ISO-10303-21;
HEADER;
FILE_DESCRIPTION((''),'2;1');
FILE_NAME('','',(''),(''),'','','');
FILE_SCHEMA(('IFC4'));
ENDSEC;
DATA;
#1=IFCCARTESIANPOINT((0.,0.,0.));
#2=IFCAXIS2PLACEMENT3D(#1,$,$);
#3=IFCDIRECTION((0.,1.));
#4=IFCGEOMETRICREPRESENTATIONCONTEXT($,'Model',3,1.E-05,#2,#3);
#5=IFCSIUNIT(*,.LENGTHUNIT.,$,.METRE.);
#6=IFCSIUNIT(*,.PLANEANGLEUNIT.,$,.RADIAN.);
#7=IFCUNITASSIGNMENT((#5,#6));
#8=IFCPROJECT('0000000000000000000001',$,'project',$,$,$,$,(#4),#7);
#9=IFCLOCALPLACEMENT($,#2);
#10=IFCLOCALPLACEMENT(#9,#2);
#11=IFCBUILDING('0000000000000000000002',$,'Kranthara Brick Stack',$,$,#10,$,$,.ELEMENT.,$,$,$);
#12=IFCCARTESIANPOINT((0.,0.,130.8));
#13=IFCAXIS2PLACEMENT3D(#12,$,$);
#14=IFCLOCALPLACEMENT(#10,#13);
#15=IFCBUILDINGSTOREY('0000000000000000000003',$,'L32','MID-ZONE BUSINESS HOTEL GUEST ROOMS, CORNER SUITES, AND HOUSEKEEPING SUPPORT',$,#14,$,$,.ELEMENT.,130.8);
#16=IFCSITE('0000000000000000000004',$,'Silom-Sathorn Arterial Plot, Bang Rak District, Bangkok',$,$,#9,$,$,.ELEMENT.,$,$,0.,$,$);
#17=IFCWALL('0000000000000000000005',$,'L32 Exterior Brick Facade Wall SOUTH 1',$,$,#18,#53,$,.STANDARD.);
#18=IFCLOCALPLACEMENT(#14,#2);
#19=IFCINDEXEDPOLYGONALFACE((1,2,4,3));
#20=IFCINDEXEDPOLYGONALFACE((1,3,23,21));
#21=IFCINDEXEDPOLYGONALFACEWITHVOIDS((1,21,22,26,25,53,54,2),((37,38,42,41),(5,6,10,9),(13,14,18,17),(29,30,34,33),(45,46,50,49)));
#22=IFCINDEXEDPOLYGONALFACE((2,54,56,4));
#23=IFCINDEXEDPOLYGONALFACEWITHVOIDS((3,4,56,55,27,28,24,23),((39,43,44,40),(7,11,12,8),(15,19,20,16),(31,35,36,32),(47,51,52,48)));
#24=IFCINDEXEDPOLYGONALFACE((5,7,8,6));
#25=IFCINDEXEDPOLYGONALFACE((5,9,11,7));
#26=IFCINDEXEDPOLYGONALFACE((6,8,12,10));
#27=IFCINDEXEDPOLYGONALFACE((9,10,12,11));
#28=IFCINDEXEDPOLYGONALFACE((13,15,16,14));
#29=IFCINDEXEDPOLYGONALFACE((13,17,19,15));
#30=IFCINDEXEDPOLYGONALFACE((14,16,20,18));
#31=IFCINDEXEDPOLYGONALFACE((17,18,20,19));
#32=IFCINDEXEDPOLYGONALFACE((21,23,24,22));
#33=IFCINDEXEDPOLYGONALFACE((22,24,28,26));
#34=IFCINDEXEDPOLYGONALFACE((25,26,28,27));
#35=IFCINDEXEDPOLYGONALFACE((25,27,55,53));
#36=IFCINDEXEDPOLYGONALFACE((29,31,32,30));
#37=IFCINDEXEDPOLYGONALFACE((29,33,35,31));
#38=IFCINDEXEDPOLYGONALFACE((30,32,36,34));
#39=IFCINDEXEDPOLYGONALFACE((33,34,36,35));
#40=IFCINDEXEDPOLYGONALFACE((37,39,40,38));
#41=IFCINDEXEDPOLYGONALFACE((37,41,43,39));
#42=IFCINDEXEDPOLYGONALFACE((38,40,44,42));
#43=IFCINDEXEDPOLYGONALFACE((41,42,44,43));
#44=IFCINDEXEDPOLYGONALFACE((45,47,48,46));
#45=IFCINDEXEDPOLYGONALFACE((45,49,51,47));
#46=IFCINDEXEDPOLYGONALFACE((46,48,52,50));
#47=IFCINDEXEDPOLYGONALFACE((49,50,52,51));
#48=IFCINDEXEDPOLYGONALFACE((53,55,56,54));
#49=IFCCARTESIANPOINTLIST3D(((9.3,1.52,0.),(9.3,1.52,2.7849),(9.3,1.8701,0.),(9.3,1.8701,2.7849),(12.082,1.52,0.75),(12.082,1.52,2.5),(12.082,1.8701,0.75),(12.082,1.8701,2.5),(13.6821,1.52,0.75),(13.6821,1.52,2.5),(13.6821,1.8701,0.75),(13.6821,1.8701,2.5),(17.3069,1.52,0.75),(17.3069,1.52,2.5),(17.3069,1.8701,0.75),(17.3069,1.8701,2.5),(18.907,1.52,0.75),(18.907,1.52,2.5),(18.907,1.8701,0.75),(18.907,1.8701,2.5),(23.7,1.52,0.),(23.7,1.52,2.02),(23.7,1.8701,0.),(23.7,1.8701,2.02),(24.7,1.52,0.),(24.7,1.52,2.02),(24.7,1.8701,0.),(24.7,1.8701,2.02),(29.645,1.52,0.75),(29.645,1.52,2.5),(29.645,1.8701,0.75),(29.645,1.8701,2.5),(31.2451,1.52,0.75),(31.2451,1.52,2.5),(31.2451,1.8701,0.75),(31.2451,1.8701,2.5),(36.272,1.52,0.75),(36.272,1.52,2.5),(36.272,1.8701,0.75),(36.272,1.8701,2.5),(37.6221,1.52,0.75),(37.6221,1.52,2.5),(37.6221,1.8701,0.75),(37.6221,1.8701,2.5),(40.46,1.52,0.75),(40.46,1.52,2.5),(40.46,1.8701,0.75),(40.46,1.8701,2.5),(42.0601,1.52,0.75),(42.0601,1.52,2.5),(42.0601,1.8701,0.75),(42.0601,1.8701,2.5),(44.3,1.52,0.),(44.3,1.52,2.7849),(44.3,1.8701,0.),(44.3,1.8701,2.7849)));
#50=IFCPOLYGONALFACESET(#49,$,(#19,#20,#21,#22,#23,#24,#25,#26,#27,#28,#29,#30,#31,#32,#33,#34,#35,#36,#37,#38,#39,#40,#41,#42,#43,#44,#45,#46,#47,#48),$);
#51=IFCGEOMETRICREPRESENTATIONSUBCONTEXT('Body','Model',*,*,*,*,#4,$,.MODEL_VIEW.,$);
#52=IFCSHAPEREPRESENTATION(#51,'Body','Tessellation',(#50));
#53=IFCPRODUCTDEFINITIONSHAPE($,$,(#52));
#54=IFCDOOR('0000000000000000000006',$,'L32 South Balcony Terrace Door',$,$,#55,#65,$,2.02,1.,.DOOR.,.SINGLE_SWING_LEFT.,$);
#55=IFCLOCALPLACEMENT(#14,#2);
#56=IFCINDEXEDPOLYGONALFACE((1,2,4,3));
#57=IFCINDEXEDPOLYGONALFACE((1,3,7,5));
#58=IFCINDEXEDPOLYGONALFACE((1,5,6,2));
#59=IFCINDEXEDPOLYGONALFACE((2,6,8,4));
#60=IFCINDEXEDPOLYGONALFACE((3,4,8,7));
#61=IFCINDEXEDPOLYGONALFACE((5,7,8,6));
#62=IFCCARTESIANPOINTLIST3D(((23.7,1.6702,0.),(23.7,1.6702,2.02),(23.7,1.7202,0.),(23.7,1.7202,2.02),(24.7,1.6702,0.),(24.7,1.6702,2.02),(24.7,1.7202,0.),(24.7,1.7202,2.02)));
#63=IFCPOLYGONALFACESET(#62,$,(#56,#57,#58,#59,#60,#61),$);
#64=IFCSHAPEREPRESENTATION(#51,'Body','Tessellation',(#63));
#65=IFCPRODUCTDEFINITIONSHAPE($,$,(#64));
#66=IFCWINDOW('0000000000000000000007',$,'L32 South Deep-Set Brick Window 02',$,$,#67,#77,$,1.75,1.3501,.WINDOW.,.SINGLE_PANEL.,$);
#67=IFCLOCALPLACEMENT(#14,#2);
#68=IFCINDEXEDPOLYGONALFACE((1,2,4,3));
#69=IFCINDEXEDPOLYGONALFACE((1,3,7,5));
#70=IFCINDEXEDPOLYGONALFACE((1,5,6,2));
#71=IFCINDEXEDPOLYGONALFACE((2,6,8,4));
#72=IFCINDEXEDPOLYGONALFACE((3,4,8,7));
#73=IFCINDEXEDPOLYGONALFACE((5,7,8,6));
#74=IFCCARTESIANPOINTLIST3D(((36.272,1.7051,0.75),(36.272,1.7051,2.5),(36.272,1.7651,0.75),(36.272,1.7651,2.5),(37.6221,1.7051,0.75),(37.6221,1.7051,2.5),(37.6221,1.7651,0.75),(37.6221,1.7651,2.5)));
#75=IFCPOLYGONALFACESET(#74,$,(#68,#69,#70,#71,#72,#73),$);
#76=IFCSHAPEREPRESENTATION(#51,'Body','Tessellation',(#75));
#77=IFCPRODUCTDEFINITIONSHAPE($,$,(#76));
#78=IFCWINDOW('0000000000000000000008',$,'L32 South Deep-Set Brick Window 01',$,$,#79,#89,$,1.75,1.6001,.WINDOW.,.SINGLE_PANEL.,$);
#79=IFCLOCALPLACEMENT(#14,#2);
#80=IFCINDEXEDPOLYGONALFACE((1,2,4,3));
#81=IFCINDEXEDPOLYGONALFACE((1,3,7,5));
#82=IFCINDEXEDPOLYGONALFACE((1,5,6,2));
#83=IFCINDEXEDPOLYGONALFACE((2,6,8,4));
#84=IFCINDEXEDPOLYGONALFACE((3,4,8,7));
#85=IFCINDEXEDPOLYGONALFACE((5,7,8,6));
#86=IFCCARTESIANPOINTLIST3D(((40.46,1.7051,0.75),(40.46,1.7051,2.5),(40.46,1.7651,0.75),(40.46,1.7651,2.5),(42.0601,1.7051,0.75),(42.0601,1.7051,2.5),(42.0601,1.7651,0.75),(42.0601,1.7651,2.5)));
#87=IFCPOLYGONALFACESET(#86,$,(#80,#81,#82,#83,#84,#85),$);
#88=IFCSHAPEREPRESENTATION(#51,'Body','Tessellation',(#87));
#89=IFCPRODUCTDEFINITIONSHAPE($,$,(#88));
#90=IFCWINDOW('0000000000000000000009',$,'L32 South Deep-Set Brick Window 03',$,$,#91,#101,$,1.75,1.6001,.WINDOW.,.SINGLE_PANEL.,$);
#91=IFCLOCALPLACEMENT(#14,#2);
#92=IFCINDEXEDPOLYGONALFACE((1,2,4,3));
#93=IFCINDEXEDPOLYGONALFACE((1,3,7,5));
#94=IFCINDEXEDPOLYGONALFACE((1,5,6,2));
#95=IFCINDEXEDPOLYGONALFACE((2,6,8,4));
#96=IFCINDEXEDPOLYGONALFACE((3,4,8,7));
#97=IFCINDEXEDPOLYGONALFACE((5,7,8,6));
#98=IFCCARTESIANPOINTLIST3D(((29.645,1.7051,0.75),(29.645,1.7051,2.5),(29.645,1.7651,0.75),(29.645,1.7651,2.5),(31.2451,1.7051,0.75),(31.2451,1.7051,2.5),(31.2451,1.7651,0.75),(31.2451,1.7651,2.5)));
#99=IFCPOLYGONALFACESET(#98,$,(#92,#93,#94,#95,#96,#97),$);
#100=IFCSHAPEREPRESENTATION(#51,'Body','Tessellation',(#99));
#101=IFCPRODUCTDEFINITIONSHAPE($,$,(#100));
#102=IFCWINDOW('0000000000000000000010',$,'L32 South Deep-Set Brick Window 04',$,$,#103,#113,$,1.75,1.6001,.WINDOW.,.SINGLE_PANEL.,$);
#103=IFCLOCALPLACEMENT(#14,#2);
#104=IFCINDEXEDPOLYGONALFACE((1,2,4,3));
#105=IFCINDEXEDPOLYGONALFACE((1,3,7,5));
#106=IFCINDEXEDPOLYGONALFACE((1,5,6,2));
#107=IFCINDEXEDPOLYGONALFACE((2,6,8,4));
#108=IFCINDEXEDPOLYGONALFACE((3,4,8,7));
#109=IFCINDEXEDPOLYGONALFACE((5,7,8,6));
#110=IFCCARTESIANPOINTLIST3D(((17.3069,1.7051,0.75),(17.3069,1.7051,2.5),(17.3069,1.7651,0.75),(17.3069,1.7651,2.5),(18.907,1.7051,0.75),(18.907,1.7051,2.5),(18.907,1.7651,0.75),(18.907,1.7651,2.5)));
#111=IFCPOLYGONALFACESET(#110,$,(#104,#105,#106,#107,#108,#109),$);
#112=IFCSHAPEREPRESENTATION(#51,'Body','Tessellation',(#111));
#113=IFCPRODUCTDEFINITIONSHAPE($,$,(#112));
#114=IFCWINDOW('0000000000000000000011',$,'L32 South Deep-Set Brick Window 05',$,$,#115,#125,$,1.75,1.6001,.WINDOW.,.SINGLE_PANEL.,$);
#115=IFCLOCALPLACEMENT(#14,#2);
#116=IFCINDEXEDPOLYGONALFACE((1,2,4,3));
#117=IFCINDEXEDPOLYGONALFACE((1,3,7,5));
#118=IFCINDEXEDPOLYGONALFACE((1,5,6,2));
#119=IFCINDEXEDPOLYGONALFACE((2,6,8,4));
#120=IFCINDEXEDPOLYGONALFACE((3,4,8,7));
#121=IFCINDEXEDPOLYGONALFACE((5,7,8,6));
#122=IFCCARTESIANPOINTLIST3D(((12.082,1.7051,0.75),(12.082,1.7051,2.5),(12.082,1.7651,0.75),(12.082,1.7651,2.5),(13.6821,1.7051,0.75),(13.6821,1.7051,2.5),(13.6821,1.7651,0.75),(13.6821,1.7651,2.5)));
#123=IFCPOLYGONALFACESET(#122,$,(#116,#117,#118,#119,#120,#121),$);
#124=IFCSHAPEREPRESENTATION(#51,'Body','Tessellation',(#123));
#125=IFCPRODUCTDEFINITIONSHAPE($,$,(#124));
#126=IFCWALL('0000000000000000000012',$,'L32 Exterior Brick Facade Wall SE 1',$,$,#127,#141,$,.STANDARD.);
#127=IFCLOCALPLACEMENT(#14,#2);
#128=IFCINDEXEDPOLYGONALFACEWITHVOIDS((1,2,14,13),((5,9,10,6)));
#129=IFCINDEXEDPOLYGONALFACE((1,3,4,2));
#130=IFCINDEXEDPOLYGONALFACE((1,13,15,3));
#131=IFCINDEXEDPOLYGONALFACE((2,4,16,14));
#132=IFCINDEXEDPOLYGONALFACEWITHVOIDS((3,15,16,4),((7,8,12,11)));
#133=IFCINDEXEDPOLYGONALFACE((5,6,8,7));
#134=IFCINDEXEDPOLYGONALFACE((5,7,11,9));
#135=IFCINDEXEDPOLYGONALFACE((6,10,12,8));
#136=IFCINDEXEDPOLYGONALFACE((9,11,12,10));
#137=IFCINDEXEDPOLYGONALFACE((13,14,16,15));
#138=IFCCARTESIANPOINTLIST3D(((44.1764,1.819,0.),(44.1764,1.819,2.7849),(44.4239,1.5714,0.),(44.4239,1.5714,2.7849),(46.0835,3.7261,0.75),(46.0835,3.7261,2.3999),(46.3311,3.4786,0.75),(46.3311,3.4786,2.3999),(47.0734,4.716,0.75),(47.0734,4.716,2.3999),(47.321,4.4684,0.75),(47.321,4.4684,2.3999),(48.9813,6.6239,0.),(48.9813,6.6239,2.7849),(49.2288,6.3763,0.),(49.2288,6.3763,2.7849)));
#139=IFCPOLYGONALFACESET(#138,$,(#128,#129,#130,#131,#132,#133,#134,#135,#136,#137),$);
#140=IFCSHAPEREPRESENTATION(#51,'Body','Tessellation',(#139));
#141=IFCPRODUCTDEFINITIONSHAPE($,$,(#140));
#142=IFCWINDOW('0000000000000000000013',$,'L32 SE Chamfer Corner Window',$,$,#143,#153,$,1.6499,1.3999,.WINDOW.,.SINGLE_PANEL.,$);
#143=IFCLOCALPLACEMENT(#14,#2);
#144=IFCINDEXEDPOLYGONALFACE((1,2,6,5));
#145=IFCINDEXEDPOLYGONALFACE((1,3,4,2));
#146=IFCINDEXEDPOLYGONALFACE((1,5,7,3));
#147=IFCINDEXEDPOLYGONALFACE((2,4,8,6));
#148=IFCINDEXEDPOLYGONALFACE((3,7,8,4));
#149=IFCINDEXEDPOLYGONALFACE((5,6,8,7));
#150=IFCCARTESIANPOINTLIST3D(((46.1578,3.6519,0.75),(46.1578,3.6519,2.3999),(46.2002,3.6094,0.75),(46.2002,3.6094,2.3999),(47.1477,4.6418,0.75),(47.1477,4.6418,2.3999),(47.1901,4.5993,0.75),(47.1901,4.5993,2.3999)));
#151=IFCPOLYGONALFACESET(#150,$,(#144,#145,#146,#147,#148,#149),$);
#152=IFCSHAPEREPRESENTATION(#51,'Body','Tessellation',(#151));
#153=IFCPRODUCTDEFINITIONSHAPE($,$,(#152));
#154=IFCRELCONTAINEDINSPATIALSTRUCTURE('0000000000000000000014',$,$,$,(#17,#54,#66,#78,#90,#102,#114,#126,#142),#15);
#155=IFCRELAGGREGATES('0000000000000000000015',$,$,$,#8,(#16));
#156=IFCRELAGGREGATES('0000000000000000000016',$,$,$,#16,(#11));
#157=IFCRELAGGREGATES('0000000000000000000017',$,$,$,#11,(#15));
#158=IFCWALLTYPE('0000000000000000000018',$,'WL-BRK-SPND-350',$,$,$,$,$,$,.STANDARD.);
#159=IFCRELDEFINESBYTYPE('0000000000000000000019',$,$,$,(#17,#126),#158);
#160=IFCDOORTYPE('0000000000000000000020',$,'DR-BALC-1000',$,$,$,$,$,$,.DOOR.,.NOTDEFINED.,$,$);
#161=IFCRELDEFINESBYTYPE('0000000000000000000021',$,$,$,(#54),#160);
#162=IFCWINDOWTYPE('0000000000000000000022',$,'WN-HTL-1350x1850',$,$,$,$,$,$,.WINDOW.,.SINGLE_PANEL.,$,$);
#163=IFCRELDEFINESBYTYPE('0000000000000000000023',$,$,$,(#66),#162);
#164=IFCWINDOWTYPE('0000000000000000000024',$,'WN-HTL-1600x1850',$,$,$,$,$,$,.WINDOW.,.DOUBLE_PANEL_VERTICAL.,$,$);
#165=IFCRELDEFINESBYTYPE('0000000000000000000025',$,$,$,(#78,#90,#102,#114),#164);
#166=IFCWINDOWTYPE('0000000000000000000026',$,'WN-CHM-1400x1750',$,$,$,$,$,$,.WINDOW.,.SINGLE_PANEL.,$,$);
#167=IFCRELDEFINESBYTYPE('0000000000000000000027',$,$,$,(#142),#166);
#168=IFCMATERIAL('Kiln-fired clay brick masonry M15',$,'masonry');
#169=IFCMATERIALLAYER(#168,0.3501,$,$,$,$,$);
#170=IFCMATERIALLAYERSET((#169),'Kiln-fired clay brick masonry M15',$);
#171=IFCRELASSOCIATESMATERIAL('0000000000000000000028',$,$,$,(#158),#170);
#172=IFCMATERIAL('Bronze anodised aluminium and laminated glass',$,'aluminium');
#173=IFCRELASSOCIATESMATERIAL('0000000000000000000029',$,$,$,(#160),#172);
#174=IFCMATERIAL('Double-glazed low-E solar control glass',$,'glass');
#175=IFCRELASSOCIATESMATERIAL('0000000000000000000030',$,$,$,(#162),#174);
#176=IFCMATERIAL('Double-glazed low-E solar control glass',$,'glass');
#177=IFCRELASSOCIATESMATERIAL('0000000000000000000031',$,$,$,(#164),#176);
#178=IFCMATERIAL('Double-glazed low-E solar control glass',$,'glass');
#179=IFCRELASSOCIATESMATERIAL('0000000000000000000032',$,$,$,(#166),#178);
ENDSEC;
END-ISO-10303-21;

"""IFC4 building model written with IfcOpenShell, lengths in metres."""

from ifc_helpers import new_model, si_unit, direction, frame, frame_2d, origin, place, context, subcontext, project, spatial, rectangle, extrude, material, layer, layer_set, type_object, element, fill, save


model = new_model("IFC4")

# Units and contexts
model_context = context("Model", 3, precision=1e-05, world=origin(), true_north=direction((0.0, 1.0)))
body_context = subcontext(model_context, "Body", "Model", "MODEL_VIEW")
ifc_project = project(units=[si_unit("LENGTHUNIT", "METRE"), si_unit("PLANEANGLEUNIT", "RADIAN")], contexts=[model_context])

# Site, building, storey
site_placement = place(None, origin())
site = spatial("IfcSite", under=ifc_project, at=site_placement, Name="Silom-Sathorn Arterial Plot, Bang Rak District, Bangkok", CompositionType="ELEMENT", RefElevation=0.0)
building_placement = place(site_placement, origin())
building = spatial("IfcBuilding", under=site, at=building_placement, Name="Kranthara Brick Stack", CompositionType="ELEMENT")
storey_placement = place(building_placement, frame((0.0, 0.0, 130.8)))
storey = spatial("IfcBuildingStorey", under=building, at=storey_placement, Name="L32", Description="MID-ZONE BUSINESS HOTEL GUEST ROOMS, CORNER SUITES, AND HOUSEKEEPING SUPPORT", CompositionType="ELEMENT", Elevation=130.8)

# Wall, openings, door, windows
ifc_material_1 = material(Name="Kiln-fired clay brick masonry M15", Category="masonry")
ifc_layer_1 = layer(ifc_material_1, 0.3501)
ifc_layer_set_1 = layer_set([ifc_layer_1], Name="Kiln-fired clay brick masonry M15")
wall_type_1 = type_object("IfcWallType", Name="WL-BRK-SPND-350", PredefinedType="STANDARD", material=ifc_layer_set_1)
wall_1_placement = place(storey_placement, frame((44.3, 1.6951, 0.0), z_axis=(0.0, 0.0, 1.0), x_axis=(-1.0, 0.0, 0.0)))
wall_1 = element("IfcWall", 1, at=wall_1_placement, inside=storey, type_object=wall_type_1, Name="L32 Exterior Brick Facade Wall SOUTH 1", PredefinedType="STANDARD", context=body_context, shape_type="SweptSolid", body=[
    extrude(rectangle(XDim=35.0, YDim=0.3501, at=frame_2d((17.5, 0.0))), origin(), (0.0, 0.0, 1.0), 2.7849),
])
opening_1_placement = place(wall_1_placement, frame((19.6001, 0.0, 0.0)))
opening_1 = element("IfcOpeningElement", 2, at=opening_1_placement, cuts=wall_1, PredefinedType="OPENING", context=body_context, shape_type="SweptSolid", body=[
    extrude(rectangle(XDim=1.0, YDim=2.02, at=frame_2d((0.5, 1.01))), frame((0.0, 0.1851, 0.0), z_axis=(0.0, -1.0, 0.0), x_axis=(1.0, 0.0, 0.0)), (0.0, 0.0, 1.0), 0.3701),
])
opening_2_placement = place(wall_1_placement, frame((2.24, 0.0, 0.75)))
opening_2 = element("IfcOpeningElement", 3, at=opening_2_placement, cuts=wall_1, PredefinedType="OPENING", context=body_context, shape_type="SweptSolid", body=[
    extrude(rectangle(XDim=1.6001, YDim=1.75, at=frame_2d((0.8, 0.875))), frame((0.0, 0.1851, 0.0), z_axis=(0.0, -1.0, 0.0), x_axis=(1.0, 0.0, 0.0)), (0.0, 0.0, 1.0), 0.3701),
])
opening_3_placement = place(wall_1_placement, frame((6.678, 0.0, 0.75)))
opening_3 = element("IfcOpeningElement", 4, at=opening_3_placement, cuts=wall_1, PredefinedType="OPENING", context=body_context, shape_type="SweptSolid", body=[
    extrude(rectangle(XDim=1.3501, YDim=1.75, at=frame_2d((0.675, 0.875))), frame((0.0, 0.1851, 0.0), z_axis=(0.0, -1.0, 0.0), x_axis=(1.0, 0.0, 0.0)), (0.0, 0.0, 1.0), 0.3701),
])
opening_4_placement = place(wall_1_placement, frame((13.0549, 0.0, 0.75)))
opening_4 = element("IfcOpeningElement", 5, at=opening_4_placement, cuts=wall_1, PredefinedType="OPENING", context=body_context, shape_type="SweptSolid", body=[
    extrude(rectangle(XDim=1.6001, YDim=1.75, at=frame_2d((0.8, 0.875))), frame((0.0, 0.1851, 0.0), z_axis=(0.0, -1.0, 0.0), x_axis=(1.0, 0.0, 0.0)), (0.0, 0.0, 1.0), 0.3701),
])
opening_5_placement = place(wall_1_placement, frame((25.3931, 0.0, 0.75)))
opening_5 = element("IfcOpeningElement", 6, at=opening_5_placement, cuts=wall_1, PredefinedType="OPENING", context=body_context, shape_type="SweptSolid", body=[
    extrude(rectangle(XDim=1.6001, YDim=1.75, at=frame_2d((0.8, 0.875))), frame((0.0, 0.1851, 0.0), z_axis=(0.0, -1.0, 0.0), x_axis=(1.0, 0.0, 0.0)), (0.0, 0.0, 1.0), 0.3701),
])
opening_6_placement = place(wall_1_placement, frame((30.6179, 0.0, 0.75)))
opening_6 = element("IfcOpeningElement", 7, at=opening_6_placement, cuts=wall_1, PredefinedType="OPENING", context=body_context, shape_type="SweptSolid", body=[
    extrude(rectangle(XDim=1.6001, YDim=1.75, at=frame_2d((0.8, 0.875))), frame((0.0, 0.1851, 0.0), z_axis=(0.0, -1.0, 0.0), x_axis=(1.0, 0.0, 0.0)), (0.0, 0.0, 1.0), 0.3701),
])
ifc_material_2 = material(Name="Bronze anodised aluminium and laminated glass", Category="aluminium")
door_type_1 = type_object("IfcDoorType", Name="DR-BALC-1000", OperationType="NOTDEFINED", PredefinedType="DOOR", material=ifc_material_2)
door_1_placement = place(opening_1_placement, origin())
door_1 = element("IfcDoor", 8, at=door_1_placement, inside=storey, type_object=door_type_1, Name="L32 South Balcony Terrace Door", OperationType="SINGLE_SWING_LEFT", OverallHeight=2.02, OverallWidth=1.0, PredefinedType="DOOR", context=body_context, shape_type="SweptSolid", body=[
    extrude(rectangle(XDim=1.0, YDim=2.02, at=frame_2d((0.5, 1.01))), frame((0.0, 0.0249, 0.0), z_axis=(0.0, -1.0, 0.0), x_axis=(1.0, 0.0, 0.0)), (0.0, 0.0, 1.0), 0.05),
])
fill(opening_1, door_1)
ifc_material_3 = material(Name="Double-glazed low-E solar control glass", Category="glass")
window_type_1 = type_object("IfcWindowType", Name="WN-HTL-1350x1850", PartitioningType="SINGLE_PANEL", PredefinedType="WINDOW", material=ifc_material_3)
window_1_placement = place(opening_3_placement, origin())
window_1 = element("IfcWindow", 9, at=window_1_placement, inside=storey, type_object=window_type_1, Name="L32 South Deep-Set Brick Window 02", OverallHeight=1.75, OverallWidth=1.3501, PartitioningType="SINGLE_PANEL", PredefinedType="WINDOW", context=body_context, shape_type="SweptSolid", body=[
    extrude(rectangle(XDim=1.3501, YDim=1.75, at=frame_2d((0.675, 0.875))), frame((0.0, -0.01, 0.0), z_axis=(0.0, -1.0, 0.0), x_axis=(1.0, 0.0, 0.0)), (0.0, 0.0, 1.0), 0.0601),
])
fill(opening_3, window_1)
ifc_material_4 = material(Name="Double-glazed low-E solar control glass", Category="glass")
window_type_2 = type_object("IfcWindowType", Name="WN-HTL-1600x1850", PartitioningType="DOUBLE_PANEL_VERTICAL", PredefinedType="WINDOW", material=ifc_material_4)
window_2_placement = place(opening_2_placement, origin())
window_2 = element("IfcWindow", 10, at=window_2_placement, inside=storey, type_object=window_type_2, Name="L32 South Deep-Set Brick Window 01", OverallHeight=1.75, OverallWidth=1.6001, PartitioningType="SINGLE_PANEL", PredefinedType="WINDOW", context=body_context, shape_type="SweptSolid", body=[
    extrude(rectangle(XDim=1.6001, YDim=1.75, at=frame_2d((0.8, 0.875))), frame((0.0, -0.01, 0.0), z_axis=(0.0, -1.0, 0.0), x_axis=(1.0, 0.0, 0.0)), (0.0, 0.0, 1.0), 0.0601),
])
fill(opening_2, window_2)
window_3_placement = place(opening_4_placement, origin())
window_3 = element("IfcWindow", 11, at=window_3_placement, inside=storey, type_object=window_type_2, Name="L32 South Deep-Set Brick Window 03", OverallHeight=1.75, OverallWidth=1.6001, PartitioningType="SINGLE_PANEL", PredefinedType="WINDOW", context=body_context, shape_type="SweptSolid", body=[
    extrude(rectangle(XDim=1.6001, YDim=1.75, at=frame_2d((0.8, 0.875))), frame((0.0, -0.01, 0.0), z_axis=(0.0, -1.0, 0.0), x_axis=(1.0, 0.0, 0.0)), (0.0, 0.0, 1.0), 0.0601),
])
fill(opening_4, window_3)
window_4_placement = place(opening_5_placement, origin())
window_4 = element("IfcWindow", 12, at=window_4_placement, inside=storey, type_object=window_type_2, Name="L32 South Deep-Set Brick Window 04", OverallHeight=1.75, OverallWidth=1.6001, PartitioningType="SINGLE_PANEL", PredefinedType="WINDOW", context=body_context, shape_type="SweptSolid", body=[
    extrude(rectangle(XDim=1.6001, YDim=1.75, at=frame_2d((0.8, 0.875))), frame((0.0, -0.01, 0.0), z_axis=(0.0, -1.0, 0.0), x_axis=(1.0, 0.0, 0.0)), (0.0, 0.0, 1.0), 0.0601),
])
fill(opening_5, window_4)
window_5_placement = place(opening_6_placement, origin())
window_5 = element("IfcWindow", 13, at=window_5_placement, inside=storey, type_object=window_type_2, Name="L32 South Deep-Set Brick Window 05", OverallHeight=1.75, OverallWidth=1.6001, PartitioningType="SINGLE_PANEL", PredefinedType="WINDOW", context=body_context, shape_type="SweptSolid", body=[
    extrude(rectangle(XDim=1.6001, YDim=1.75, at=frame_2d((0.8, 0.875))), frame((0.0, -0.01, 0.0), z_axis=(0.0, -1.0, 0.0), x_axis=(1.0, 0.0, 0.0)), (0.0, 0.0, 1.0), 0.0601),
])
fill(opening_6, window_5)

# Wall, opening, window
wall_2_placement = place(storey_placement, frame((49.105, 6.5, 0.0), z_axis=(0.0, 0.0, 1.0), x_axis=(-0.707107, -0.707107, 0.0)))
wall_2 = element("IfcWall", 14, at=wall_2_placement, inside=storey, type_object=wall_type_1, Name="L32 Exterior Brick Facade Wall SE 1", PredefinedType="STANDARD", context=body_context, shape_type="SweptSolid", body=[
    extrude(rectangle(XDim=6.7952, YDim=0.3501, at=frame_2d((3.3975, 0.0))), origin(), (0.0, 0.0, 1.0), 2.7849),
])
opening_7_placement = place(wall_2_placement, frame((2.698, 0.0, 0.75)))
opening_7 = element("IfcOpeningElement", 15, at=opening_7_placement, cuts=wall_2, PredefinedType="OPENING", context=body_context, shape_type="SweptSolid", body=[
    extrude(rectangle(XDim=1.3999, YDim=1.6499, at=frame_2d((0.7, 0.825))), frame((0.0, 0.1851, 0.0), z_axis=(0.0, -1.0, 0.0), x_axis=(1.0, 0.0, 0.0)), (0.0, 0.0, 1.0), 0.3701),
])
ifc_material_5 = material(Name="Double-glazed low-E solar control glass", Category="glass")
window_type_3 = type_object("IfcWindowType", Name="WN-CHM-1400x1750", PartitioningType="SINGLE_PANEL", PredefinedType="WINDOW", material=ifc_material_5)
window_6_placement = place(opening_7_placement, origin())
window_6 = element("IfcWindow", 16, at=window_6_placement, inside=storey, type_object=window_type_3, Name="L32 SE Chamfer Corner Window", OverallHeight=1.6499, OverallWidth=1.3999, PartitioningType="SINGLE_PANEL", PredefinedType="WINDOW", context=body_context, shape_type="SweptSolid", body=[
    extrude(rectangle(XDim=1.3999, YDim=1.6499, at=frame_2d((0.7, 0.825))), frame((0.0, -0.01, 0.0), z_axis=(0.0, -1.0, 0.0), x_axis=(1.0, 0.0, 0.0)), (0.0, 0.0, 1.0), 0.0601),
])
fill(opening_7, window_6)

save(model, "model.ifc")
